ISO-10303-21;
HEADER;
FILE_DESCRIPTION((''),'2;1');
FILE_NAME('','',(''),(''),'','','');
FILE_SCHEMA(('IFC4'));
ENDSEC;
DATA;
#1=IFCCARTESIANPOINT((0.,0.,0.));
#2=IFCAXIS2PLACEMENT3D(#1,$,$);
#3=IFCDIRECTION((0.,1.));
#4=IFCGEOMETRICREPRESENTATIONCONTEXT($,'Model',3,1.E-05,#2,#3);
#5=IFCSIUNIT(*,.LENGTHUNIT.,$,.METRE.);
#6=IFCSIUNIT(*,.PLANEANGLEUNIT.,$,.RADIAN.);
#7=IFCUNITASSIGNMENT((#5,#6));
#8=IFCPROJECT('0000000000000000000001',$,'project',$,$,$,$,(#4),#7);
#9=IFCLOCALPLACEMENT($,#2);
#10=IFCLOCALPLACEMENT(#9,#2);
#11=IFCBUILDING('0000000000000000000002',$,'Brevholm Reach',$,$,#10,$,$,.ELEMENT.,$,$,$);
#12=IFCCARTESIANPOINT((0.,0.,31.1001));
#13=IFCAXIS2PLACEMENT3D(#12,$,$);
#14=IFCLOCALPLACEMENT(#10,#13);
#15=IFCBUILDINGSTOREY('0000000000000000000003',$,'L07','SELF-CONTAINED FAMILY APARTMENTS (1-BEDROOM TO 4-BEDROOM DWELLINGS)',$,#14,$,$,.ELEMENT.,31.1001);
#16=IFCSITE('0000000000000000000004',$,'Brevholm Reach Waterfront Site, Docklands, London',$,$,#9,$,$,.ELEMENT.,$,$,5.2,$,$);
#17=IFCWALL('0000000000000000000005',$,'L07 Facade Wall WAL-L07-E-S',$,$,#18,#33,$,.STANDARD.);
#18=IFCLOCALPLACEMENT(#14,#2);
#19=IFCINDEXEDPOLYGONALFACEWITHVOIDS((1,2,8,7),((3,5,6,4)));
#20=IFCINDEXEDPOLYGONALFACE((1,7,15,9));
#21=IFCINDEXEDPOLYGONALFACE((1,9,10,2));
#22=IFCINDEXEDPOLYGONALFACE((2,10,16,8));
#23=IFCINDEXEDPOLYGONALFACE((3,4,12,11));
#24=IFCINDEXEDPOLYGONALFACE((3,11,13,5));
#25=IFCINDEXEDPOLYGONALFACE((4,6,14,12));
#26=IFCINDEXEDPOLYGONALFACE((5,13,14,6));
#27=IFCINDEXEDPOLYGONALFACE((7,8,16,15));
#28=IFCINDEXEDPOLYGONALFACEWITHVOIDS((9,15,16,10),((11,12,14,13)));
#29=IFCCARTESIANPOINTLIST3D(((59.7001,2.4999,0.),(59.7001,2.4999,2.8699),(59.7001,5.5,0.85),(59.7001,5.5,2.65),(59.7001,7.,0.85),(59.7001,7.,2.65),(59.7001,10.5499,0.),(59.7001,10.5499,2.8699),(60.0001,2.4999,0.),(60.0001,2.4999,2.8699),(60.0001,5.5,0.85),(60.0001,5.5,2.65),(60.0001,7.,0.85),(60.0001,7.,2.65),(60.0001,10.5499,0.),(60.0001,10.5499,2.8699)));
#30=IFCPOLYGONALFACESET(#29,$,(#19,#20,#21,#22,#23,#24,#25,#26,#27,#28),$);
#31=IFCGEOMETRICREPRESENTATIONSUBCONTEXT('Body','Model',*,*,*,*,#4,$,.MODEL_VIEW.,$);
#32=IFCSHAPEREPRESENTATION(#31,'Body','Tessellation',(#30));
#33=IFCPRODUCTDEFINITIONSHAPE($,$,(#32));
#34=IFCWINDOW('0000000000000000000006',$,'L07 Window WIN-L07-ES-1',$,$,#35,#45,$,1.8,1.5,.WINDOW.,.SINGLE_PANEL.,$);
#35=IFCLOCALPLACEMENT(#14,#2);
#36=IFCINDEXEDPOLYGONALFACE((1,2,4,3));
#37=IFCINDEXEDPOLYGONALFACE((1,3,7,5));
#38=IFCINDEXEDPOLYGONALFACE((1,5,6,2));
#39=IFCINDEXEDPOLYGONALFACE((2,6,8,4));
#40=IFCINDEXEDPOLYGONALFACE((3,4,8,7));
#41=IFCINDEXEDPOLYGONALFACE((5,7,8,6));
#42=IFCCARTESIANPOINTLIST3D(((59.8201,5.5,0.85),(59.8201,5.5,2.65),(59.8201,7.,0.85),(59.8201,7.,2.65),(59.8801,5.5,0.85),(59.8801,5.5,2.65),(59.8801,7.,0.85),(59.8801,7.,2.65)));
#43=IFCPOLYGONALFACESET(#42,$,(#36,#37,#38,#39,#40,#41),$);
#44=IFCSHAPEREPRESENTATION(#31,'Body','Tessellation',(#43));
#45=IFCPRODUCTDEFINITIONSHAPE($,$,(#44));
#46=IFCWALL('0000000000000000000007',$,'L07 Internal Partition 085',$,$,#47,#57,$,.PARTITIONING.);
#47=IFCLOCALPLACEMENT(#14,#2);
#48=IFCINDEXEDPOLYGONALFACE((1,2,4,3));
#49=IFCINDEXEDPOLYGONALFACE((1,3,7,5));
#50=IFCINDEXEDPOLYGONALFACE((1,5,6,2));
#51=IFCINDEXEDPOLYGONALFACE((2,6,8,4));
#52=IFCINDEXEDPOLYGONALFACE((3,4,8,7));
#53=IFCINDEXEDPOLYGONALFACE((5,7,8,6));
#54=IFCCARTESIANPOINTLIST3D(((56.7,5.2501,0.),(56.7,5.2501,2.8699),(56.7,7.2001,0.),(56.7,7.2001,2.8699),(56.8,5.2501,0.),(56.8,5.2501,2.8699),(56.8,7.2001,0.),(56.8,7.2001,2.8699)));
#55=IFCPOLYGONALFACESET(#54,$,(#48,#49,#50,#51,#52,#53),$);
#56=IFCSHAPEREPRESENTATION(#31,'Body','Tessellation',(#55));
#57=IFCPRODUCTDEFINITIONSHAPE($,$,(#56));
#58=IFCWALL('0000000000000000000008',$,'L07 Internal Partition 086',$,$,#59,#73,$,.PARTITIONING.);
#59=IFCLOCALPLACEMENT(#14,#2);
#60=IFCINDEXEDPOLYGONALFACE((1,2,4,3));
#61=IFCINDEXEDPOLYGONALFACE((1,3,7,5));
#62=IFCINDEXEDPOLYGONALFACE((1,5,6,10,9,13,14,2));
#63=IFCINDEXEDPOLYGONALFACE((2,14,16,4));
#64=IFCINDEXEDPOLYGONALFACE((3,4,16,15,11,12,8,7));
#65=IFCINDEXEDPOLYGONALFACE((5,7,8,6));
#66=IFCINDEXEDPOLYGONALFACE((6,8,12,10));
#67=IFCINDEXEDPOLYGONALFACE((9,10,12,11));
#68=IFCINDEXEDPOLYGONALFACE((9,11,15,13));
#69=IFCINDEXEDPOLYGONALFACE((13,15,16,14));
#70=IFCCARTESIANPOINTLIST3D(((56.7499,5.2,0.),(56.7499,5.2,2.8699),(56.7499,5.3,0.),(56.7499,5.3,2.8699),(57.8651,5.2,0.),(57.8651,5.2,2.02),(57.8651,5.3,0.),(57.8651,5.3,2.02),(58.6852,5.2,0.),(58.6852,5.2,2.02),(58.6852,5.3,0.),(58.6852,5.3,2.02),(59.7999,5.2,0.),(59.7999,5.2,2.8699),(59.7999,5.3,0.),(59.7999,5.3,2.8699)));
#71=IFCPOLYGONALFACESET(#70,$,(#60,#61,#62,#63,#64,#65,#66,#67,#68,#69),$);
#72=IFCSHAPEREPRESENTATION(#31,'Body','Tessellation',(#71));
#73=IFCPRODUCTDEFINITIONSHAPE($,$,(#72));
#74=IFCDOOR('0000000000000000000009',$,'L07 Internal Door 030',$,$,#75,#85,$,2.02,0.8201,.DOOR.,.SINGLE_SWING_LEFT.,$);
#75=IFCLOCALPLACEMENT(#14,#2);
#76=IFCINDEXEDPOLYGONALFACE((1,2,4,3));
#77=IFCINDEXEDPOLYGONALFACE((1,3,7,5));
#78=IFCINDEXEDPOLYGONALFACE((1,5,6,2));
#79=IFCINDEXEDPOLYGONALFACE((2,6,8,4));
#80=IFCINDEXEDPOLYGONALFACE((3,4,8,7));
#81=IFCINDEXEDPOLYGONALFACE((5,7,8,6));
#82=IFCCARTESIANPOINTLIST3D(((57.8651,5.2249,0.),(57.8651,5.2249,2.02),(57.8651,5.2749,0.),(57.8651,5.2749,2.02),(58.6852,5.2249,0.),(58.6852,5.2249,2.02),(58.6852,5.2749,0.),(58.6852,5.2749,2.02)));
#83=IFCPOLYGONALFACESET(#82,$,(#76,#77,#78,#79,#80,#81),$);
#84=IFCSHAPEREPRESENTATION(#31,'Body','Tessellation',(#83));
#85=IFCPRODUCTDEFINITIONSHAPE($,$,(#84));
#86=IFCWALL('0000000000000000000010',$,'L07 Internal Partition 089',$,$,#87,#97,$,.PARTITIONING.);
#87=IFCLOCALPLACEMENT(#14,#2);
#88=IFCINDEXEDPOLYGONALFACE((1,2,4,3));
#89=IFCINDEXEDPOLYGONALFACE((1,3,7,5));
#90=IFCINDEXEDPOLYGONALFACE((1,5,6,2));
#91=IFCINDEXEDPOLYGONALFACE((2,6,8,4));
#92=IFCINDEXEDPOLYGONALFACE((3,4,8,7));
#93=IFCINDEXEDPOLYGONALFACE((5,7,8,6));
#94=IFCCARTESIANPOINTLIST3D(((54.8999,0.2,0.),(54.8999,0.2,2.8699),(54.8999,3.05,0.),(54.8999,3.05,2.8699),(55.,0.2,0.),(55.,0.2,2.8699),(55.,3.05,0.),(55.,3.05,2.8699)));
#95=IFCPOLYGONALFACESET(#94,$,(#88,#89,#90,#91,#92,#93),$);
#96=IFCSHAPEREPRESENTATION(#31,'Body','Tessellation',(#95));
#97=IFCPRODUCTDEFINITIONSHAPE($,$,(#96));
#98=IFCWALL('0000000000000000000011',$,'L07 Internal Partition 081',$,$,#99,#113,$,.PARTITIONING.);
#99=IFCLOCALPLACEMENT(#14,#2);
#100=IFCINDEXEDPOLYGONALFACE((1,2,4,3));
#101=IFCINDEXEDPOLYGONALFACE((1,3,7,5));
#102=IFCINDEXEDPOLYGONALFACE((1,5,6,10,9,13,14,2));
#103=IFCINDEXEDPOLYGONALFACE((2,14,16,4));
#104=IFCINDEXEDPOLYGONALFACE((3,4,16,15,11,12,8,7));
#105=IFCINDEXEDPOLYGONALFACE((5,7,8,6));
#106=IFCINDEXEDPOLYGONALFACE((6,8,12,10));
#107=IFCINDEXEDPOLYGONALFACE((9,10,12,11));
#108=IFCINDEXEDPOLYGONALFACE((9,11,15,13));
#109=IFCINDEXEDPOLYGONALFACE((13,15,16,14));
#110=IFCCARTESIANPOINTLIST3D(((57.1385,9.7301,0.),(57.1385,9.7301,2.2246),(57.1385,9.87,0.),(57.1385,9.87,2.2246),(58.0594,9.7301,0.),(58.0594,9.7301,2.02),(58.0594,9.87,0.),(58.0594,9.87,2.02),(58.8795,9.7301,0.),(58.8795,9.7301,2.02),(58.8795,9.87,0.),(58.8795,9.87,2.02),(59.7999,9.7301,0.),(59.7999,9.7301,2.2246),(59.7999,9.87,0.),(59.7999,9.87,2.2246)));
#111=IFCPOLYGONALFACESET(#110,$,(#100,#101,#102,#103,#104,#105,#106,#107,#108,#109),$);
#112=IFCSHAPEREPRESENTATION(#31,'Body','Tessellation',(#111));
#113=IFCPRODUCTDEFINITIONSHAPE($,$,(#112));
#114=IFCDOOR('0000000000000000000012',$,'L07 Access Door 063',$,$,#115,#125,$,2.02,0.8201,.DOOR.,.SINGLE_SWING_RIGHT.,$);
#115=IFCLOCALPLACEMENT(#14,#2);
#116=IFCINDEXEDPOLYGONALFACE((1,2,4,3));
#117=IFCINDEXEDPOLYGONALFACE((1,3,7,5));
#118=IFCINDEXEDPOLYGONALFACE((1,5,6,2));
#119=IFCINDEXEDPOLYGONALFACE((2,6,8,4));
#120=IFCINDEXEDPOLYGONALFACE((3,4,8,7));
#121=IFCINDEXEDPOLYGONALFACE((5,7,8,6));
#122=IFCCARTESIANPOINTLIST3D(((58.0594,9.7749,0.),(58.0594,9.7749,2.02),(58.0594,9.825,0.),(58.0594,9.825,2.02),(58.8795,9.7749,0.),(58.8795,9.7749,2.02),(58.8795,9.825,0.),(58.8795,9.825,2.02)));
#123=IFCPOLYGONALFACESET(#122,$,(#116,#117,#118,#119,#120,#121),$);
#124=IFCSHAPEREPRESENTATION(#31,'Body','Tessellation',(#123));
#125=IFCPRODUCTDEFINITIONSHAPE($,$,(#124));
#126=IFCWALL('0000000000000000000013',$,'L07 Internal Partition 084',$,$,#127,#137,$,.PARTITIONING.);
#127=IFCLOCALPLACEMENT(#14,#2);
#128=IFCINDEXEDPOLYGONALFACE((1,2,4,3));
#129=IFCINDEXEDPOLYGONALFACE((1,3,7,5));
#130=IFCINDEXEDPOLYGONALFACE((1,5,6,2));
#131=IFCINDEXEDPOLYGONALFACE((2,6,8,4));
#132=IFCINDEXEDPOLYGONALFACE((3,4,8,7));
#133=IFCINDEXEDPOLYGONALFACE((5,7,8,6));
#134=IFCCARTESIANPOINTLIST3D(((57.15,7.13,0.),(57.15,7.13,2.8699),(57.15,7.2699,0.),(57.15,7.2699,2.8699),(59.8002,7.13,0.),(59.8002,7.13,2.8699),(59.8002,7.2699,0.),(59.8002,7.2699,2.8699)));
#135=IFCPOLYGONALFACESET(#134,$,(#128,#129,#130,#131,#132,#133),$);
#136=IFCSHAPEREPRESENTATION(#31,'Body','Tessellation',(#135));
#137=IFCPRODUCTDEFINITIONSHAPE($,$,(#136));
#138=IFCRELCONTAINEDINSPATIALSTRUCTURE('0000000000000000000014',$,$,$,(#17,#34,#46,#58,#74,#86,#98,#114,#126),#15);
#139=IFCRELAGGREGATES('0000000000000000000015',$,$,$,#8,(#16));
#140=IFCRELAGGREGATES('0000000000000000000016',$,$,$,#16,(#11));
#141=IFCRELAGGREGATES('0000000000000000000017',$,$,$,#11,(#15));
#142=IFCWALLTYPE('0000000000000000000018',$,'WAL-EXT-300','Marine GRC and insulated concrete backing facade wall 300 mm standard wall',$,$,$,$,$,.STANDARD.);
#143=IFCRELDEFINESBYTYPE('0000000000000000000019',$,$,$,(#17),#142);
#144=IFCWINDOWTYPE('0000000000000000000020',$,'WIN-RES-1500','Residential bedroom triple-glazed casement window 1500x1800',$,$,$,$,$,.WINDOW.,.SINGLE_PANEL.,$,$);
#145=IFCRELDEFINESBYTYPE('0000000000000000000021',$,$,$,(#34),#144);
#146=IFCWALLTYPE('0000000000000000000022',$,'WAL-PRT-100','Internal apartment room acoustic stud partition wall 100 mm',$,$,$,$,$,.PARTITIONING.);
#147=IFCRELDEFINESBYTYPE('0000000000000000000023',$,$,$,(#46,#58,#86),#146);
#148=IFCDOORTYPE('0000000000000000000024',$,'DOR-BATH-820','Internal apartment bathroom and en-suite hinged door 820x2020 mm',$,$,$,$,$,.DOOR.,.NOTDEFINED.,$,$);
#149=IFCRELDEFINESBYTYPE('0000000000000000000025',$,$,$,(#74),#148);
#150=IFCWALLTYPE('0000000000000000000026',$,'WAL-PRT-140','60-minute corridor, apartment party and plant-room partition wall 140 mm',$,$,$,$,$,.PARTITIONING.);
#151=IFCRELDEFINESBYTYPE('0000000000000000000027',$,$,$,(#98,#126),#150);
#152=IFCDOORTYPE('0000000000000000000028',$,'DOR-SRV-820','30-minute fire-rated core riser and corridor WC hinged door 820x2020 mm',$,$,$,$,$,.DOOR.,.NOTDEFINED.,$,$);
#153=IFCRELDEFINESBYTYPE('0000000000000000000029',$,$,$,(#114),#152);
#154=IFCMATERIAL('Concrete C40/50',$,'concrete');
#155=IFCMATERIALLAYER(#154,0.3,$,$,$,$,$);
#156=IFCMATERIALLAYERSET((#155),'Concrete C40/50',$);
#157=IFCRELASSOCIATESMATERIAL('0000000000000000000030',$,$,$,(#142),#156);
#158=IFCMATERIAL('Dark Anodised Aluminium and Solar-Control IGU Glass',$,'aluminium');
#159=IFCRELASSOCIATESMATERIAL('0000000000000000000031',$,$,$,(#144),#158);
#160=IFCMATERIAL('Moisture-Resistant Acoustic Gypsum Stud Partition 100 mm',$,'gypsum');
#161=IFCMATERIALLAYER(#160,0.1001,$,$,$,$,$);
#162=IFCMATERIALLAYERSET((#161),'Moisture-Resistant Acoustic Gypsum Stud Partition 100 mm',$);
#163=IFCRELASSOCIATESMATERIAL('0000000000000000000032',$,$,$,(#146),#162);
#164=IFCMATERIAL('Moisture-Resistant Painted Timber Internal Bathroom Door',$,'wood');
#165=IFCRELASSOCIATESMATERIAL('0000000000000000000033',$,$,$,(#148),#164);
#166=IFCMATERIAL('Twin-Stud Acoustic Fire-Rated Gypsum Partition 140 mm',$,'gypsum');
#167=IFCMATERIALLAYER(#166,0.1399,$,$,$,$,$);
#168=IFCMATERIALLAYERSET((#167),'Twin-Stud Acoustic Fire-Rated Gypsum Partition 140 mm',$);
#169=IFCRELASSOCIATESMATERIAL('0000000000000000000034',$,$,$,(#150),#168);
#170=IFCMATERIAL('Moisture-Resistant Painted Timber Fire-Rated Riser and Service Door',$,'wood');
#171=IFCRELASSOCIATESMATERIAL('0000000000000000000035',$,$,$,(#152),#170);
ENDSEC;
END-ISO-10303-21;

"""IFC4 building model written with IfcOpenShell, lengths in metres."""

from ifc_helpers import new_model, si_unit, direction, frame, frame_2d, origin, place, context, subcontext, project, spatial, rectangle, extrude, material, layer, layer_set, type_object, element, fill, save


model = new_model("IFC4")

# Units and contexts
model_context = context("Model", 3, precision=1e-05, world=origin(), true_north=direction((0.0, 1.0)))
body_context = subcontext(model_context, "Body", "Model", "MODEL_VIEW")
ifc_project = project(units=[si_unit("LENGTHUNIT", "METRE"), si_unit("PLANEANGLEUNIT", "RADIAN")], contexts=[model_context])

# Site, building, storey
site_placement = place(None, origin())
site = spatial("IfcSite", under=ifc_project, at=site_placement, Name="Brevholm Reach Waterfront Site, Docklands, London", CompositionType="ELEMENT", RefElevation=5.2)
building_placement = place(site_placement, origin())
building = spatial("IfcBuilding", under=site, at=building_placement, Name="Brevholm Reach", CompositionType="ELEMENT")
storey_placement = place(building_placement, frame((0.0, 0.0, 31.1001)))
storey = spatial("IfcBuildingStorey", under=building, at=storey_placement, Name="L07", Description="SELF-CONTAINED FAMILY APARTMENTS (1-BEDROOM TO 4-BEDROOM DWELLINGS)", CompositionType="ELEMENT", Elevation=31.1001)

# Shared definitions
ifc_material_1 = material(Name="Concrete C40/50", Category="concrete")
ifc_layer_1 = layer(ifc_material_1, 0.3)
ifc_layer_set_1 = layer_set([ifc_layer_1], Name="Concrete C40/50")
wall_type_1 = type_object("IfcWallType", Name="WAL-EXT-300", Description="Marine GRC and insulated concrete backing facade wall 300 mm standard wall", PredefinedType="STANDARD", material=ifc_layer_set_1)

# Wall, opening, window
wall_1_placement = place(storey_placement, frame((59.8501, 2.5, 0.0), z_axis=(0.0, 0.0, 1.0), x_axis=(0.0, 1.0, 0.0)))
wall_1 = element("IfcWall", 1, at=wall_1_placement, inside=storey, type_object=wall_type_1, Name="L07 Facade Wall WAL-L07-E-S", PredefinedType="STANDARD", context=body_context, shape_type="SweptSolid", body=[
    extrude(rectangle(XDim=8.05, YDim=0.3, at=frame_2d((4.0249, 0.0))), origin(), (0.0, 0.0, 1.0), 2.8699),
])
opening_1_placement = place(wall_1_placement, frame((3.0, 0.0, 0.8501)))
opening_1 = element("IfcOpeningElement", 2, at=opening_1_placement, cuts=wall_1, PredefinedType="OPENING", context=body_context, shape_type="SweptSolid", body=[
    extrude(rectangle(XDim=1.5, YDim=1.8, at=frame_2d((0.75, 0.8999))), frame((0.0, 0.1599, 0.0), z_axis=(0.0, -1.0, 0.0), x_axis=(1.0, 0.0, 0.0)), (0.0, 0.0, 1.0), 0.3201),
])
ifc_material_2 = material(Name="Dark Anodised Aluminium and Solar-Control IGU Glass", Category="aluminium")
window_type = type_object("IfcWindowType", Name="WIN-RES-1500", Description="Residential bedroom triple-glazed casement window 1500x1800", PartitioningType="SINGLE_PANEL", PredefinedType="WINDOW", material=ifc_material_2)
window_placement = place(opening_1_placement, origin())
window = element("IfcWindow", 3, at=window_placement, inside=storey, type_object=window_type, Name="L07 Window WIN-L07-ES-1", OverallHeight=1.8, OverallWidth=1.5, PartitioningType="SINGLE_PANEL", PredefinedType="WINDOW", context=body_context, shape_type="SweptSolid", body=[
    extrude(rectangle(XDim=1.5, YDim=1.8, at=frame_2d((0.75, 0.8999))), frame((0.0, 0.03, 0.0), z_axis=(0.0, -1.0, 0.0), x_axis=(1.0, 0.0, 0.0)), (0.0, 0.0, 1.0), 0.0601),
])
fill(opening_1, window)

# Wall
ifc_material_3 = material(Name="Moisture-Resistant Acoustic Gypsum Stud Partition 100 mm", Category="gypsum")
ifc_layer_2 = layer(ifc_material_3, 0.1001)
ifc_layer_set_2 = layer_set([ifc_layer_2], Name="Moisture-Resistant Acoustic Gypsum Stud Partition 100 mm")
wall_type_2 = type_object("IfcWallType", Name="WAL-PRT-100", Description="Internal apartment room acoustic stud partition wall 100 mm", PredefinedType="PARTITIONING", material=ifc_layer_set_2)
wall_2_placement = place(storey_placement, frame((56.75, 5.25, 0.0), z_axis=(0.0, 0.0, 1.0), x_axis=(0.0, 1.0, 0.0)))
element("IfcWall", 4, at=wall_2_placement, inside=storey, type_object=wall_type_2, Name="L07 Internal Partition 085", PredefinedType="PARTITIONING", context=body_context, shape_type="SweptSolid", body=[
    extrude(rectangle(XDim=1.95, YDim=0.1001, at=frame_2d((0.9751, 0.0))), origin(), (0.0, 0.0, 1.0), 2.8699),
])

# Wall, opening, door
wall_3_placement = place(storey_placement, frame((56.75, 5.25, 0.0), z_axis=(0.0, 0.0, 1.0), x_axis=(1.0, 0.0, 0.0)))
wall_3 = element("IfcWall", 5, at=wall_3_placement, inside=storey, type_object=wall_type_2, Name="L07 Internal Partition 086", PredefinedType="PARTITIONING", context=body_context, shape_type="SweptSolid", body=[
    extrude(rectangle(XDim=3.05, YDim=0.1001, at=frame_2d((1.5249, 0.0))), origin(), (0.0, 0.0, 1.0), 2.8699),
])
opening_2_placement = place(wall_3_placement, frame((1.115, 0.0, 0.0)))
opening_2 = element("IfcOpeningElement", 6, at=opening_2_placement, cuts=wall_3, PredefinedType="OPENING", context=body_context, shape_type="SweptSolid", body=[
    extrude(rectangle(XDim=0.8201, YDim=2.02, at=frame_2d((0.4102, 1.01))), frame((0.0, 0.0601, 0.0), z_axis=(0.0, -1.0, 0.0), x_axis=(1.0, 0.0, 0.0)), (0.0, 0.0, 1.0), 0.1201),
])
ifc_material_4 = material(Name="Moisture-Resistant Painted Timber Internal Bathroom Door", Category="wood")
door_type_1 = type_object("IfcDoorType", Name="DOR-BATH-820", Description="Internal apartment bathroom and en-suite hinged door 820x2020 mm", OperationType="NOTDEFINED", PredefinedType="DOOR", material=ifc_material_4)
door_1_placement = place(opening_2_placement, origin())
door_1 = element("IfcDoor", 7, at=door_1_placement, inside=storey, type_object=door_type_1, Name="L07 Internal Door 030", OperationType="SINGLE_SWING_LEFT", OverallHeight=2.02, OverallWidth=0.8201, PredefinedType="DOOR", context=body_context, shape_type="SweptSolid", body=[
    extrude(rectangle(XDim=0.8201, YDim=2.02, at=frame_2d((0.4102, 1.01))), frame((0.0, 0.0249, 0.0), z_axis=(0.0, -1.0, 0.0), x_axis=(1.0, 0.0, 0.0)), (0.0, 0.0, 1.0), 0.05),
])
fill(opening_2, door_1)

# Wall
wall_4_placement = place(storey_placement, frame((54.95, 0.2, 0.0), z_axis=(0.0, 0.0, 1.0), x_axis=(0.0, 1.0, 0.0)))
element("IfcWall", 8, at=wall_4_placement, inside=storey, type_object=wall_type_2, Name="L07 Internal Partition 089", PredefinedType="PARTITIONING", context=body_context, shape_type="SweptSolid", body=[
    extrude(rectangle(XDim=2.8501, YDim=0.1001, at=frame_2d((1.425, 0.0))), origin(), (0.0, 0.0, 1.0), 2.8699),
])

# Wall, opening, door
ifc_material_5 = material(Name="Twin-Stud Acoustic Fire-Rated Gypsum Partition 140 mm", Category="gypsum")
ifc_layer_3 = layer(ifc_material_5, 0.1399)
ifc_layer_set_3 = layer_set([ifc_layer_3], Name="Twin-Stud Acoustic Fire-Rated Gypsum Partition 140 mm")
wall_type_3 = type_object("IfcWallType", Name="WAL-PRT-140", Description="60-minute corridor, apartment party and plant-room partition wall 140 mm", PredefinedType="PARTITIONING", material=ifc_layer_set_3)
wall_5_placement = place(storey_placement, frame((57.1387, 9.8, 0.0), z_axis=(0.0, 0.0, 1.0), x_axis=(1.0, 0.0, 0.0)))
wall_5 = element("IfcWall", 9, at=wall_5_placement, inside=storey, type_object=wall_type_3, Name="L07 Internal Partition 081", PredefinedType="PARTITIONING", context=body_context, shape_type="SweptSolid", body=[
    extrude(rectangle(XDim=2.6614, YDim=0.1399, at=frame_2d((1.3306, 0.0))), origin(), (0.0, 0.0, 1.0), 2.2246),
])
opening_3_placement = place(wall_5_placement, frame((0.9207, 0.0, 0.0)))
opening_3 = element("IfcOpeningElement", 10, at=opening_3_placement, cuts=wall_5, PredefinedType="OPENING", context=body_context, shape_type="SweptSolid", body=[
    extrude(rectangle(XDim=0.8201, YDim=2.02, at=frame_2d((0.4102, 1.01))), frame((0.0, 0.0798, 0.0), z_axis=(0.0, -1.0, 0.0), x_axis=(1.0, 0.0, 0.0)), (0.0, 0.0, 1.0), 0.1599),
])
ifc_material_6 = material(Name="Moisture-Resistant Painted Timber Fire-Rated Riser and Service Door", Category="wood")
door_type_2 = type_object("IfcDoorType", Name="DOR-SRV-820", Description="30-minute fire-rated core riser and corridor WC hinged door 820x2020 mm", OperationType="NOTDEFINED", PredefinedType="DOOR", material=ifc_material_6)
door_2_placement = place(opening_3_placement, origin())
door_2 = element("IfcDoor", 11, at=door_2_placement, inside=storey, type_object=door_type_2, Name="L07 Access Door 063", OperationType="SINGLE_SWING_RIGHT", OverallHeight=2.02, OverallWidth=0.8201, PredefinedType="DOOR", context=body_context, shape_type="SweptSolid", body=[
    extrude(rectangle(XDim=0.8201, YDim=2.02, at=frame_2d((0.4102, 1.01))), frame((0.0, 0.0249, 0.0), z_axis=(0.0, -1.0, 0.0), x_axis=(1.0, 0.0, 0.0)), (0.0, 0.0, 1.0), 0.05),
])
fill(opening_3, door_2)

# Wall
wall_6_placement = place(storey_placement, frame((57.1499, 7.2, 0.0), z_axis=(0.0, 0.0, 1.0), x_axis=(1.0, 0.0, 0.0)))
element("IfcWall", 12, at=wall_6_placement, inside=storey, type_object=wall_type_3, Name="L07 Internal Partition 084", PredefinedType="PARTITIONING", context=body_context, shape_type="SweptSolid", body=[
    extrude(rectangle(XDim=2.6501, YDim=0.1399, at=frame_2d((1.3252, 0.0))), origin(), (0.0, 0.0, 1.0), 2.8699),
])

save(model, "model.ifc")
